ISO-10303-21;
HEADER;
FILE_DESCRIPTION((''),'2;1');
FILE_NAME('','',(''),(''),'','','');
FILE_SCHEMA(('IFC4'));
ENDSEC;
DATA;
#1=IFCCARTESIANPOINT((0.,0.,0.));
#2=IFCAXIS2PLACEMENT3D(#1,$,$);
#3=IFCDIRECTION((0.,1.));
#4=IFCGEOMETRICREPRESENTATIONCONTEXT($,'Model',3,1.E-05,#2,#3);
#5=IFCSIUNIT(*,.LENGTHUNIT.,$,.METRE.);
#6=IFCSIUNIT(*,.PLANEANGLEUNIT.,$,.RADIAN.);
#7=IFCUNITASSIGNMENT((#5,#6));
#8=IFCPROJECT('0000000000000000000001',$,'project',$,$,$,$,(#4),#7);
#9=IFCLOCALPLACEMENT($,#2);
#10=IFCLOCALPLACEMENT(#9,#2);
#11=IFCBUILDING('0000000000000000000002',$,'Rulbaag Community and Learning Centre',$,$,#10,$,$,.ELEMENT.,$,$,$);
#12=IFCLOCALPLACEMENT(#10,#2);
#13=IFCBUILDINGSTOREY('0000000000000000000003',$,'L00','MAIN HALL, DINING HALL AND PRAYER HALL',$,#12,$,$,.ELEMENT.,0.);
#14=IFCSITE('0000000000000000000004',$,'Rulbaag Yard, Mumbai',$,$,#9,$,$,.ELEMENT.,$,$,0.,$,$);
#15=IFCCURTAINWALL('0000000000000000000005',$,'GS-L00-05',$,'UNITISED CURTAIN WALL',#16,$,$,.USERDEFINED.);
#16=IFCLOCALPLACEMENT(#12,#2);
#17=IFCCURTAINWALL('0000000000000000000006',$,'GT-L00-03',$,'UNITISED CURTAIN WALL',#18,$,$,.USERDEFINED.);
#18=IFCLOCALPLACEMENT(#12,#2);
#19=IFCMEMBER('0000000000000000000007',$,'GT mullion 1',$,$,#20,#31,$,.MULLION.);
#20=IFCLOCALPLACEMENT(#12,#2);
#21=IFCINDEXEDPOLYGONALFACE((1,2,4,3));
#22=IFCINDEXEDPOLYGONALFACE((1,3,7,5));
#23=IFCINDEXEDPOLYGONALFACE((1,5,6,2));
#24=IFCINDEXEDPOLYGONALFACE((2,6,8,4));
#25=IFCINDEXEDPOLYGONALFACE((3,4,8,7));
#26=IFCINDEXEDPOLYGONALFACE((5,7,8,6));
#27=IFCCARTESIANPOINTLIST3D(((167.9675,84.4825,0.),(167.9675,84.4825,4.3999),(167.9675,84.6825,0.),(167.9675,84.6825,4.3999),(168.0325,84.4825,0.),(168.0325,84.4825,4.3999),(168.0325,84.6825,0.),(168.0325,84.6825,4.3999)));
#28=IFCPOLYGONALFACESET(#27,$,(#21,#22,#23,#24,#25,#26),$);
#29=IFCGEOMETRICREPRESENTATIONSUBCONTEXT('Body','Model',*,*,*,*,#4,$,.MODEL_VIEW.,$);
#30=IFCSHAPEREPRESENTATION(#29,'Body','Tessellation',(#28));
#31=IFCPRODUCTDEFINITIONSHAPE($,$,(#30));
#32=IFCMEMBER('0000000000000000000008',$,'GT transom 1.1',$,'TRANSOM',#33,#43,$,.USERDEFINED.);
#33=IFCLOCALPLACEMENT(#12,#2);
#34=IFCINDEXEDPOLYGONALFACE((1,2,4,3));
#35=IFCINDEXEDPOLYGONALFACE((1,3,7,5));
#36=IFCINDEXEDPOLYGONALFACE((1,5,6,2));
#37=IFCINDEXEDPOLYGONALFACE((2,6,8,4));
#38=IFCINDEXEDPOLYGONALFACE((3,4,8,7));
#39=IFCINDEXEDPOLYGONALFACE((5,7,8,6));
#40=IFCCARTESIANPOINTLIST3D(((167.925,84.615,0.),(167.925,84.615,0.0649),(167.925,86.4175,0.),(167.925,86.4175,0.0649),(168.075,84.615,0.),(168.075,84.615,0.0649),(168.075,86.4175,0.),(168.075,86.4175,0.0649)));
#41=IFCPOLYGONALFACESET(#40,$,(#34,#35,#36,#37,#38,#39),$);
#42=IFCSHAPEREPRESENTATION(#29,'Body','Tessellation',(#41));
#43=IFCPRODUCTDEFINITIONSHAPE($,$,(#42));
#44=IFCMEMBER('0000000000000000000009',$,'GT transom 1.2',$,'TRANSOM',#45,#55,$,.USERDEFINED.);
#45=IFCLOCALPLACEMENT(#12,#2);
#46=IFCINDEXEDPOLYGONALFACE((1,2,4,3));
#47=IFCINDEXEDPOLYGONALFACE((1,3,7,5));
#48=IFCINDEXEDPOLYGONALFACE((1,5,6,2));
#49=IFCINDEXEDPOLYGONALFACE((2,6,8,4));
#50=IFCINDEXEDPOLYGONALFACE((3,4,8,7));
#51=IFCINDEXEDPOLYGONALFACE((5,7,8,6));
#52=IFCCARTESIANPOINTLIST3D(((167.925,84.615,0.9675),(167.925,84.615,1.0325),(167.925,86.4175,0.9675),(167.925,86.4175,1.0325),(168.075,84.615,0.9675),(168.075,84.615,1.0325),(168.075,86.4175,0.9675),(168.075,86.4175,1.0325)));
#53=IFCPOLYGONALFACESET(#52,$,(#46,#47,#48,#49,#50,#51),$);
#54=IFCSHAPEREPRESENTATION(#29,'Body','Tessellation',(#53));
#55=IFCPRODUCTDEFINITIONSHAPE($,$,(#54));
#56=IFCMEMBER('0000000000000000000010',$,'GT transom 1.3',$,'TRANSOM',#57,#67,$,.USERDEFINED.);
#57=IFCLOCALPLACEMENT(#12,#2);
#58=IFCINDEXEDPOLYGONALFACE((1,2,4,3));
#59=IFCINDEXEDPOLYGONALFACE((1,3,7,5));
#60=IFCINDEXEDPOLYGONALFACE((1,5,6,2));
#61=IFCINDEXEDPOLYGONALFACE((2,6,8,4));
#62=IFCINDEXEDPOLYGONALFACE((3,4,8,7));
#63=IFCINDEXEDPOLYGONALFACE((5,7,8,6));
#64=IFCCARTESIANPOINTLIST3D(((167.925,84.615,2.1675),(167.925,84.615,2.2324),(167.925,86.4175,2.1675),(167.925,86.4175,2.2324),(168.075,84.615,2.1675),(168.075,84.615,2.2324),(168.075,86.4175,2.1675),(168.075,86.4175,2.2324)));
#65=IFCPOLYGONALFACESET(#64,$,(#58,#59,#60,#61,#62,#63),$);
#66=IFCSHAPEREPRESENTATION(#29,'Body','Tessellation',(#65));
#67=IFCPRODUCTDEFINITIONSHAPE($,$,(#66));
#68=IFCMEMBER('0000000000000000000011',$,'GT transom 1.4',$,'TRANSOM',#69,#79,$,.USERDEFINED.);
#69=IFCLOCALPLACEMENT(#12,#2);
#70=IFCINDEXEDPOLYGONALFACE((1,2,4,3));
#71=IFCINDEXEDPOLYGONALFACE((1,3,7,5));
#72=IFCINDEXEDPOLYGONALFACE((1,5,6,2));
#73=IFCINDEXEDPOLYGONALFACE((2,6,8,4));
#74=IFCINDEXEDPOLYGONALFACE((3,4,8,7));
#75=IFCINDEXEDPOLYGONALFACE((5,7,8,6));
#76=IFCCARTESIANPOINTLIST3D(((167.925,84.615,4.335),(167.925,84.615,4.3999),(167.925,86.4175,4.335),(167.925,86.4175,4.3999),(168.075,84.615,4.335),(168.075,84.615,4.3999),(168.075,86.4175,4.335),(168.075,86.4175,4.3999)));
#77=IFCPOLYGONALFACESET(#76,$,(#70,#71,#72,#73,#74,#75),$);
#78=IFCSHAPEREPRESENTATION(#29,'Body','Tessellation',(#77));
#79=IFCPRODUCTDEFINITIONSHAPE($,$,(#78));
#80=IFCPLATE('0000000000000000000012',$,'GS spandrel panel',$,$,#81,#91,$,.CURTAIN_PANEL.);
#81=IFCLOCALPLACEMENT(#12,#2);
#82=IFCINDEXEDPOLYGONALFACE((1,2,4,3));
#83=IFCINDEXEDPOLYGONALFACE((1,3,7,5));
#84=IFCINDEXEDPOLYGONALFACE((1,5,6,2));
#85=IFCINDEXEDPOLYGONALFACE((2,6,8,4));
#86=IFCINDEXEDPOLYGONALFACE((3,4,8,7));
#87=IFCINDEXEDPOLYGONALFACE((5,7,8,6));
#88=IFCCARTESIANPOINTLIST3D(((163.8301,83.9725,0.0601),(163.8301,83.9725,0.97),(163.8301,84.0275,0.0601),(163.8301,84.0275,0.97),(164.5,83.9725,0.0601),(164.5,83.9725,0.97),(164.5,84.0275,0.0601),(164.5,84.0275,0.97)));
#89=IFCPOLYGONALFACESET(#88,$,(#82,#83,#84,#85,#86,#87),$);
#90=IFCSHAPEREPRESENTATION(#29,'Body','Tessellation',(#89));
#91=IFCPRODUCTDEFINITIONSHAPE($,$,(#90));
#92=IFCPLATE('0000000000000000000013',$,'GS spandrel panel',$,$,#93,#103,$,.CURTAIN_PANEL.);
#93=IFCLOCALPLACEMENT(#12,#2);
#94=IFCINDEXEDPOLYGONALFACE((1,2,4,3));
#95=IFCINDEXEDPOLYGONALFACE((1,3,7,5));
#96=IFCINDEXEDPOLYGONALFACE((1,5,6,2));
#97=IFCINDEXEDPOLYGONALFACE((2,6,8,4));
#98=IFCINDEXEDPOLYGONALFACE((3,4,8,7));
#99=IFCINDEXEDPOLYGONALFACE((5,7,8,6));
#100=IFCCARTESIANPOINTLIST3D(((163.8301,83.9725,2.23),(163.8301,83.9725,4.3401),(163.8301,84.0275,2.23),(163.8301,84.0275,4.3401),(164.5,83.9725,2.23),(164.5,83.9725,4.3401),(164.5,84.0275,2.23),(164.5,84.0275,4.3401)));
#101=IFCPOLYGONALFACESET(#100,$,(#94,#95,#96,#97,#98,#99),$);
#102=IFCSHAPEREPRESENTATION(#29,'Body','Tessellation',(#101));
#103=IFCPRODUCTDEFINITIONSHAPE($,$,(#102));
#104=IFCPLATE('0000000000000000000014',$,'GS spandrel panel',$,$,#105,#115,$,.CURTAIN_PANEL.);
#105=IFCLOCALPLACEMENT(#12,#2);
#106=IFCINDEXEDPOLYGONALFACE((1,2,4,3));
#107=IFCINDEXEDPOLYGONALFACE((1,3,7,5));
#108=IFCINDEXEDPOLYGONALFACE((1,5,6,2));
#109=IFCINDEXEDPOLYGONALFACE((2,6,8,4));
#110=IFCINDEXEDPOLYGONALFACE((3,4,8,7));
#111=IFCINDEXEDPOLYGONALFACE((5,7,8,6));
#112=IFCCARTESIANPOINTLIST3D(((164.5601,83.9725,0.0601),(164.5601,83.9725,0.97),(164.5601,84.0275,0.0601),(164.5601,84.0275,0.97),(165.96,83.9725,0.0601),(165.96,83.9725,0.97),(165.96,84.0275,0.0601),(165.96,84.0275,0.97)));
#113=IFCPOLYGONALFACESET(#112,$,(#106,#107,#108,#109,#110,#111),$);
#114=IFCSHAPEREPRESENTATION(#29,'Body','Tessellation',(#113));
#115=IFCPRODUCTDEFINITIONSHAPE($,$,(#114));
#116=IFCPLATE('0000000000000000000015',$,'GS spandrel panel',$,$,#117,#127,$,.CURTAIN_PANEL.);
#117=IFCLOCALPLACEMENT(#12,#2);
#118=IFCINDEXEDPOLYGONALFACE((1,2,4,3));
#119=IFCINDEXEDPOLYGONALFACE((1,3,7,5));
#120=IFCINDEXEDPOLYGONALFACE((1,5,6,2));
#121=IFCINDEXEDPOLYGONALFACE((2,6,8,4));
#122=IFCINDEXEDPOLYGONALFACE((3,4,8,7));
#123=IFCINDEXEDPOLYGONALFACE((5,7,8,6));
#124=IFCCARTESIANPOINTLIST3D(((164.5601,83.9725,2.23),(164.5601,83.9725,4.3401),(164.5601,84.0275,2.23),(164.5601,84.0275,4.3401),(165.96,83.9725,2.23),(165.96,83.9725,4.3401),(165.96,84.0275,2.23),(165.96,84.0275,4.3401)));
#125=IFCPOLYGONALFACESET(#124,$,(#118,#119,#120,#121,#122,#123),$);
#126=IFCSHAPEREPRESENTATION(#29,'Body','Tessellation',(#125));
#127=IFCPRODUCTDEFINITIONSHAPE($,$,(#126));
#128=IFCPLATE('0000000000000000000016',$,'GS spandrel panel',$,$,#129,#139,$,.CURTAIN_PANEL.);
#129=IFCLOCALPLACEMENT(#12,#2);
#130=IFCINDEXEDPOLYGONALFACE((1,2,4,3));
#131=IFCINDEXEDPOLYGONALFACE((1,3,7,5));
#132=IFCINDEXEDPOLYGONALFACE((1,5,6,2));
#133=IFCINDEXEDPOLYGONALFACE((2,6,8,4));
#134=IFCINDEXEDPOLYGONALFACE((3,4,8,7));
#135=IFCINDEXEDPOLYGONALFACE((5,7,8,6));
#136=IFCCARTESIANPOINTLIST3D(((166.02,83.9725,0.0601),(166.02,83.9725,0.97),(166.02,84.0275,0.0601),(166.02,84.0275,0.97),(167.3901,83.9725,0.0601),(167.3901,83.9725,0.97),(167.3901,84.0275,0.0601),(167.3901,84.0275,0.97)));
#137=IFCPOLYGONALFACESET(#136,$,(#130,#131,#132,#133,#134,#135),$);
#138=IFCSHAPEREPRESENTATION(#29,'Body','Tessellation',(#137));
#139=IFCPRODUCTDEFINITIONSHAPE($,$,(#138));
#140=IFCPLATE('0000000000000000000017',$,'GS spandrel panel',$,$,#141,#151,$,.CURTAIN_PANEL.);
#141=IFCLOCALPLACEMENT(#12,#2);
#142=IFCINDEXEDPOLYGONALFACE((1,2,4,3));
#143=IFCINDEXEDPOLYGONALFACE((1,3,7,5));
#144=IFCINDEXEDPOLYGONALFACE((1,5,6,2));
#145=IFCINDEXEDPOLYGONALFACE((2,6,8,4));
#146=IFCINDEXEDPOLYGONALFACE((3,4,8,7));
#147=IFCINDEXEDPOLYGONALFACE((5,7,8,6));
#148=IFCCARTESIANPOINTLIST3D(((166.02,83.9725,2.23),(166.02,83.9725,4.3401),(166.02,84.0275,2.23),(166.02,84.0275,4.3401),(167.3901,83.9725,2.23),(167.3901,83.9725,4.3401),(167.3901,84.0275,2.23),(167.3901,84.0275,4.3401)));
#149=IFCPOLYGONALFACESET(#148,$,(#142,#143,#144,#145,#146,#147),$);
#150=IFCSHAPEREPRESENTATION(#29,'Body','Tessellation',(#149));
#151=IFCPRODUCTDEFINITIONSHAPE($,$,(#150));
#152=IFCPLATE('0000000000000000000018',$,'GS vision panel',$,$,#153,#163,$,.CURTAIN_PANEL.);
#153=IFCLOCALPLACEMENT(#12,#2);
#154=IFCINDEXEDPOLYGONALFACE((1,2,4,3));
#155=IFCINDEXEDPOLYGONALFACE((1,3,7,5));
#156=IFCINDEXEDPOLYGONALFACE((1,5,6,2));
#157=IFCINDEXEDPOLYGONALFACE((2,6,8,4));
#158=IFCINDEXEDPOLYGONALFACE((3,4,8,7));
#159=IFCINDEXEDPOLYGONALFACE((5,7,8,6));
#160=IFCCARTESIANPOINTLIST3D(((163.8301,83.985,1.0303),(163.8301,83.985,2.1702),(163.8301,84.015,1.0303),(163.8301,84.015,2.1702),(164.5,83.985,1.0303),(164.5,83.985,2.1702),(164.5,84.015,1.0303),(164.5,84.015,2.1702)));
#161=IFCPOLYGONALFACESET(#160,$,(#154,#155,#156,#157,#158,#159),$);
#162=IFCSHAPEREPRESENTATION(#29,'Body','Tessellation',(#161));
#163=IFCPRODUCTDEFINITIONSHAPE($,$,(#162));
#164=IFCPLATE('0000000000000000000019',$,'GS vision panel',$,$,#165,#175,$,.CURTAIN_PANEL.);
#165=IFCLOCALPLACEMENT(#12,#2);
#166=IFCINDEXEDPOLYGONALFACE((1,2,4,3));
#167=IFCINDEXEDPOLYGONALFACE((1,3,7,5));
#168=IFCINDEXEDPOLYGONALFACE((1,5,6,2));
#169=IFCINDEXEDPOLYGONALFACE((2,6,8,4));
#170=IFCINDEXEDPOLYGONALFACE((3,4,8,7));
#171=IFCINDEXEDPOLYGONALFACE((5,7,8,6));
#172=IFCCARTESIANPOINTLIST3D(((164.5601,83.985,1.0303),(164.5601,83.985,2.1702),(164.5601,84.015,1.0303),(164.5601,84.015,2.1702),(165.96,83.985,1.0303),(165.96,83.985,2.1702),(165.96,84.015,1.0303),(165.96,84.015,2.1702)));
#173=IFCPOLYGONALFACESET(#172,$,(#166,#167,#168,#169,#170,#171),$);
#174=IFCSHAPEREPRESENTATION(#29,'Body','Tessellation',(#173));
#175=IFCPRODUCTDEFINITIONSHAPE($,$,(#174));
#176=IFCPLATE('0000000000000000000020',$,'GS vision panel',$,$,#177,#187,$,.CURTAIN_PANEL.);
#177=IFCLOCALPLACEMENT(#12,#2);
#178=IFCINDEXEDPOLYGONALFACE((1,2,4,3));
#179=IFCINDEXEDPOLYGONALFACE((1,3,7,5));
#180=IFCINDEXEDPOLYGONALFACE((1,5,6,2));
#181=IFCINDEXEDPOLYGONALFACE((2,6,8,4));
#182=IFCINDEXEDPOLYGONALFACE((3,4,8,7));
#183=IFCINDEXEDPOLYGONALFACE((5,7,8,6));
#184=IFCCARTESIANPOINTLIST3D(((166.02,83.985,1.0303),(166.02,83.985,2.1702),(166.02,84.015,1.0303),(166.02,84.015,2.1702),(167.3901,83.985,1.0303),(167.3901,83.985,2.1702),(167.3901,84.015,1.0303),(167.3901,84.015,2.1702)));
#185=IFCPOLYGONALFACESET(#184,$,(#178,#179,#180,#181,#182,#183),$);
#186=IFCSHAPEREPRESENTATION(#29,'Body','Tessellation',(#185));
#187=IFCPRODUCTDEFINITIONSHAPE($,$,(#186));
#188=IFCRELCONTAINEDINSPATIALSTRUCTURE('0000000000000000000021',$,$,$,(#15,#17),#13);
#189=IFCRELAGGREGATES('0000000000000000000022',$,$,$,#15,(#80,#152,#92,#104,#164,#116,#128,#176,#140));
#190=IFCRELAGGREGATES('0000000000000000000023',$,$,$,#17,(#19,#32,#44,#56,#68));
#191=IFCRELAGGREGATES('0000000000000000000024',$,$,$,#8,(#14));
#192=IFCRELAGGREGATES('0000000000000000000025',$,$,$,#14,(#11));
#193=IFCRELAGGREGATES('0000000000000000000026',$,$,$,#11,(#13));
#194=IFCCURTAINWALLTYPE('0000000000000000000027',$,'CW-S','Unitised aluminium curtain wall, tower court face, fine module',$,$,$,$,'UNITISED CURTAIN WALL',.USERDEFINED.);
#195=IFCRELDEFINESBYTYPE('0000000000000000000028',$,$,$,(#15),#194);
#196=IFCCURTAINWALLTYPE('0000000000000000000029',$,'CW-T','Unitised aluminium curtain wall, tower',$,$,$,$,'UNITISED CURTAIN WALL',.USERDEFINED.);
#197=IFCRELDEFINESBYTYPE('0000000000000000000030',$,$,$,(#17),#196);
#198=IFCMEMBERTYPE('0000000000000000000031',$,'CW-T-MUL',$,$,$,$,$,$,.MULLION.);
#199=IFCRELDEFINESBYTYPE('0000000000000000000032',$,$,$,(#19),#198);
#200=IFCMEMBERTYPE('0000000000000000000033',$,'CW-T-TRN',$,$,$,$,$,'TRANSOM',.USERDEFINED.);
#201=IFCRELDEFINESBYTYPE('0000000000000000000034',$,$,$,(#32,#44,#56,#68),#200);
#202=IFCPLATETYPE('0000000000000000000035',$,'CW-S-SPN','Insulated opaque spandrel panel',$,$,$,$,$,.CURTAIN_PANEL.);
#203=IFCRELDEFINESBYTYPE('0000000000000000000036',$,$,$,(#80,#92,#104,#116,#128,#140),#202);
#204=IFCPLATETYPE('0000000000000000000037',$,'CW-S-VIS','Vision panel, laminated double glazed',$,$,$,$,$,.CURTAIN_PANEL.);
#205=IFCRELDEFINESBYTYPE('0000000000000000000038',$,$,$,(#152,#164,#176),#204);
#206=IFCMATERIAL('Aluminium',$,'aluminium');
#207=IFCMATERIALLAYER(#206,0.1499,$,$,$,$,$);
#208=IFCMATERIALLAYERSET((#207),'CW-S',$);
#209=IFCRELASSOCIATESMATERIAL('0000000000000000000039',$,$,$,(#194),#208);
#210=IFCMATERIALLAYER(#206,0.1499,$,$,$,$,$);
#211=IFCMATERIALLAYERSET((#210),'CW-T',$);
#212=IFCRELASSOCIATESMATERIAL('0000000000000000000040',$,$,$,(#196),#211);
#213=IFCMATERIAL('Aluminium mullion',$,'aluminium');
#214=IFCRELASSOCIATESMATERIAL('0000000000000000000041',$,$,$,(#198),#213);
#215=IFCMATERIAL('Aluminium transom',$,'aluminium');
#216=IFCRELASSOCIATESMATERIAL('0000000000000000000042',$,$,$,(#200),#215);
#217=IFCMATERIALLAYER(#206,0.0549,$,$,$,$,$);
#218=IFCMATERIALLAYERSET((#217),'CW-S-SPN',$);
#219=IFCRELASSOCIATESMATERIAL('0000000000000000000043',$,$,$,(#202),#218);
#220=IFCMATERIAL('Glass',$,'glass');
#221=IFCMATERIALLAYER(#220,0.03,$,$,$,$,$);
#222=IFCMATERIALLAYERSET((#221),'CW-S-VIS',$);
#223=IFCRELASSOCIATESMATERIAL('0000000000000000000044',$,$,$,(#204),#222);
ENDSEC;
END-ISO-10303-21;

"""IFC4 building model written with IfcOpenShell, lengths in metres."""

from ifc_helpers import new_model, si_unit, direction, frame, origin, origin_2d, place, context, subcontext, project, spatial, rectangle, extrude, material, layer, layer_set, material_profile, profile_set, type_object, element, aggregate, save


model = new_model("IFC4")

# Units and contexts
model_context = context("Model", 3, precision=1e-05, world=origin(), true_north=direction((0.0, 1.0)))
body_context = subcontext(model_context, "Body", "Model", "MODEL_VIEW")
ifc_project = project(units=[si_unit("LENGTHUNIT", "METRE"), si_unit("PLANEANGLEUNIT", "RADIAN")], contexts=[model_context])

# Site, building, storey
site_placement = place(None, origin())
site = spatial("IfcSite", under=ifc_project, at=site_placement, Name="Rulbaag Yard, Mumbai", CompositionType="ELEMENT", RefElevation=0.0)
building_placement = place(site_placement, origin())
building = spatial("IfcBuilding", under=site, at=building_placement, Name="Rulbaag Community and Learning Centre", CompositionType="ELEMENT")
storey_placement = place(building_placement, origin())
storey = spatial("IfcBuildingStorey", under=building, at=storey_placement, Name="L00", Description="MAIN HALL, DINING HALL AND PRAYER HALL", CompositionType="ELEMENT", Elevation=0.0)

# Curtain walls, members
ifc_material_1 = material(Name="Aluminium", Category="aluminium")
ifc_layer_1 = layer(ifc_material_1, 0.1499)
ifc_layer_set_1 = layer_set([ifc_layer_1], Name="CW-S")
curtain_wall_type_1 = type_object("IfcCurtainWallType", Name="CW-S", Description="Unitised aluminium curtain wall, tower court face, fine module", ElementType="UNITISED CURTAIN WALL", PredefinedType="USERDEFINED", material=ifc_layer_set_1)
curtain_wall_1_placement = place(storey_placement, origin())
curtain_wall_1 = element("IfcCurtainWall", 1, at=curtain_wall_1_placement, inside=storey, type_object=curtain_wall_type_1, Name="GS-L00-05", ObjectType="UNITISED CURTAIN WALL", PredefinedType="USERDEFINED")
ifc_material_2 = material(Name="Aluminium mullion", Category="aluminium")
ifc_material_3 = material(Name="Aluminium transom", Category="aluminium")
ifc_layer_2 = layer(ifc_material_1, 0.1499)
ifc_layer_set_2 = layer_set([ifc_layer_2], Name="CW-T")
curtain_wall_type_2 = type_object("IfcCurtainWallType", Name="CW-T", Description="Unitised aluminium curtain wall, tower", ElementType="UNITISED CURTAIN WALL", PredefinedType="USERDEFINED", material=ifc_layer_set_2)
curtain_wall_2_placement = place(storey_placement, origin())
curtain_wall_2 = element("IfcCurtainWall", 2, at=curtain_wall_2_placement, inside=storey, type_object=curtain_wall_type_2, Name="GT-L00-03", ObjectType="UNITISED CURTAIN WALL", PredefinedType="USERDEFINED")
ifc_material_profile_1 = material_profile(ifc_material_2, rectangle(XDim=0.0649, YDim=0.2, at=origin_2d()), Name="AL 65x200")
ifc_profile_set_1 = profile_set([ifc_material_profile_1], Name="Aluminium mullion")
member_type_1 = type_object("IfcMemberType", Name="CW-T-MUL", PredefinedType="MULLION", material=ifc_profile_set_1)
member_1_placement = place(storey_placement, frame((168.0, 84.5825, 0.0), z_axis=(0.0, 0.0, 1.0), x_axis=(-1.0, 0.0, 0.0)))
member_1 = element("IfcMember", 3, at=member_1_placement, type_object=member_type_1, Name="GT mullion 1", PredefinedType="MULLION", context=body_context, shape_type="SweptSolid", body=[
    extrude(rectangle(XDim=0.0649, YDim=0.2, at=origin_2d()), origin(), (0.0, 0.0, 1.0), 4.3999),
])
ifc_material_profile_2 = material_profile(ifc_material_3, rectangle(XDim=0.1499, YDim=0.0649, at=origin_2d()), Name="AL 65x150 T")
ifc_profile_set_2 = profile_set([ifc_material_profile_2], Name="Aluminium transom")
member_type_2 = type_object("IfcMemberType", Name="CW-T-TRN", ElementType="TRANSOM", PredefinedType="USERDEFINED", material=ifc_profile_set_2)
member_2_placement = place(storey_placement, frame((168.0, 84.615, 0.0325), z_axis=(0.0, 1.0, 0.0), x_axis=(-1.0, 0.0, 0.0)))
member_2 = element("IfcMember", 4, at=member_2_placement, type_object=member_type_2, Name="GT transom 1.1", ObjectType="TRANSOM", PredefinedType="USERDEFINED", context=body_context, shape_type="SweptSolid", body=[
    extrude(rectangle(XDim=0.1499, YDim=0.0649, at=origin_2d()), origin(), (0.0, 0.0, 1.0), 1.8025),
])
member_3_placement = place(storey_placement, frame((168.0, 84.615, 1.0), z_axis=(0.0, 1.0, 0.0), x_axis=(-1.0, 0.0, 0.0)))
member_3 = element("IfcMember", 5, at=member_3_placement, type_object=member_type_2, Name="GT transom 1.2", ObjectType="TRANSOM", PredefinedType="USERDEFINED", context=body_context, shape_type="SweptSolid", body=[
    extrude(rectangle(XDim=0.1499, YDim=0.0649, at=origin_2d()), origin(), (0.0, 0.0, 1.0), 1.8025),
])
member_4_placement = place(storey_placement, frame((168.0, 84.615, 2.2), z_axis=(0.0, 1.0, 0.0), x_axis=(-1.0, 0.0, 0.0)))
member_4 = element("IfcMember", 6, at=member_4_placement, type_object=member_type_2, Name="GT transom 1.3", ObjectType="TRANSOM", PredefinedType="USERDEFINED", context=body_context, shape_type="SweptSolid", body=[
    extrude(rectangle(XDim=0.1499, YDim=0.0649, at=origin_2d()), origin(), (0.0, 0.0, 1.0), 1.8025),
])
member_5_placement = place(storey_placement, frame((168.0, 84.615, 4.3674), z_axis=(0.0, 1.0, 0.0), x_axis=(-1.0, 0.0, 0.0)))
member_5 = element("IfcMember", 7, at=member_5_placement, type_object=member_type_2, Name="GT transom 1.4", ObjectType="TRANSOM", PredefinedType="USERDEFINED", context=body_context, shape_type="SweptSolid", body=[
    extrude(rectangle(XDim=0.1499, YDim=0.0649, at=origin_2d()), origin(), (0.0, 0.0, 1.0), 1.8025),
])

# Plates
ifc_layer_3 = layer(ifc_material_1, 0.0549)
ifc_layer_set_3 = layer_set([ifc_layer_3], Name="CW-S-SPN")
plate_type_1 = type_object("IfcPlateType", Name="CW-S-SPN", Description="Insulated opaque spandrel panel", PredefinedType="CURTAIN_PANEL", material=ifc_layer_set_3)
plate_1_placement = place(storey_placement, frame((164.165, 84.0, 0.0601), z_axis=(0.0, 0.0, 1.0), x_axis=(1.0, 0.0, 0.0)))
plate_1 = element("IfcPlate", 8, at=plate_1_placement, type_object=plate_type_1, Name="GS spandrel panel", PredefinedType="CURTAIN_PANEL", context=body_context, shape_type="SweptSolid", body=[
    extrude(rectangle(XDim=0.6699, YDim=0.0549, at=origin_2d()), origin(), (0.0, 0.0, 1.0), 0.9099),
])
plate_2_placement = place(storey_placement, frame((164.165, 84.0, 2.23), z_axis=(0.0, 0.0, 1.0), x_axis=(1.0, 0.0, 0.0)))
plate_2 = element("IfcPlate", 9, at=plate_2_placement, type_object=plate_type_1, Name="GS spandrel panel", PredefinedType="CURTAIN_PANEL", context=body_context, shape_type="SweptSolid", body=[
    extrude(rectangle(XDim=0.6699, YDim=0.0549, at=origin_2d()), origin(), (0.0, 0.0, 1.0), 2.1101),
])
plate_3_placement = place(storey_placement, frame((165.26, 84.0, 0.0601), z_axis=(0.0, 0.0, 1.0), x_axis=(1.0, 0.0, 0.0)))
plate_3 = element("IfcPlate", 10, at=plate_3_placement, type_object=plate_type_1, Name="GS spandrel panel", PredefinedType="CURTAIN_PANEL", context=body_context, shape_type="SweptSolid", body=[
    extrude(rectangle(XDim=1.3999, YDim=0.0549, at=origin_2d()), origin(), (0.0, 0.0, 1.0), 0.9099),
])
plate_4_placement = place(storey_placement, frame((165.26, 84.0, 2.23), z_axis=(0.0, 0.0, 1.0), x_axis=(1.0, 0.0, 0.0)))
plate_4 = element("IfcPlate", 11, at=plate_4_placement, type_object=plate_type_1, Name="GS spandrel panel", PredefinedType="CURTAIN_PANEL", context=body_context, shape_type="SweptSolid", body=[
    extrude(rectangle(XDim=1.3999, YDim=0.0549, at=origin_2d()), origin(), (0.0, 0.0, 1.0), 2.1101),
])
plate_5_placement = place(storey_placement, frame((166.7051, 84.0, 0.0601), z_axis=(0.0, 0.0, 1.0), x_axis=(1.0, 0.0, 0.0)))
plate_5 = element("IfcPlate", 12, at=plate_5_placement, type_object=plate_type_1, Name="GS spandrel panel", PredefinedType="CURTAIN_PANEL", context=body_context, shape_type="SweptSolid", body=[
    extrude(rectangle(XDim=1.3701, YDim=0.0549, at=origin_2d()), origin(), (0.0, 0.0, 1.0), 0.9099),
])
plate_6_placement = place(storey_placement, frame((166.7051, 84.0, 2.23), z_axis=(0.0, 0.0, 1.0), x_axis=(1.0, 0.0, 0.0)))
plate_6 = element("IfcPlate", 13, at=plate_6_placement, type_object=plate_type_1, Name="GS spandrel panel", PredefinedType="CURTAIN_PANEL", context=body_context, shape_type="SweptSolid", body=[
    extrude(rectangle(XDim=1.3701, YDim=0.0549, at=origin_2d()), origin(), (0.0, 0.0, 1.0), 2.1101),
])
ifc_material_4 = material(Name="Glass", Category="glass")
ifc_layer_4 = layer(ifc_material_4, 0.03)
ifc_layer_set_4 = layer_set([ifc_layer_4], Name="CW-S-VIS")
plate_type_2 = type_object("IfcPlateType", Name="CW-S-VIS", Description="Vision panel, laminated double glazed", PredefinedType="CURTAIN_PANEL", material=ifc_layer_set_4)
plate_7_placement = place(storey_placement, frame((164.165, 84.0, 1.0303), z_axis=(0.0, 0.0, 1.0), x_axis=(1.0, 0.0, 0.0)))
plate_7 = element("IfcPlate", 14, at=plate_7_placement, type_object=plate_type_2, Name="GS vision panel", PredefinedType="CURTAIN_PANEL", context=body_context, shape_type="SweptSolid", body=[
    extrude(rectangle(XDim=0.6699, YDim=0.03, at=origin_2d()), origin(), (0.0, 0.0, 1.0), 1.1399),
])
plate_8_placement = place(storey_placement, frame((165.26, 84.0, 1.0303), z_axis=(0.0, 0.0, 1.0), x_axis=(1.0, 0.0, 0.0)))
plate_8 = element("IfcPlate", 15, at=plate_8_placement, type_object=plate_type_2, Name="GS vision panel", PredefinedType="CURTAIN_PANEL", context=body_context, shape_type="SweptSolid", body=[
    extrude(rectangle(XDim=1.3999, YDim=0.03, at=origin_2d()), origin(), (0.0, 0.0, 1.0), 1.1399),
])
plate_9_placement = place(storey_placement, frame((166.7051, 84.0, 1.0303), z_axis=(0.0, 0.0, 1.0), x_axis=(1.0, 0.0, 0.0)))
plate_9 = element("IfcPlate", 16, at=plate_9_placement, type_object=plate_type_2, Name="GS vision panel", PredefinedType="CURTAIN_PANEL", context=body_context, shape_type="SweptSolid", body=[
    extrude(rectangle(XDim=1.3701, YDim=0.03, at=origin_2d()), origin(), (0.0, 0.0, 1.0), 1.1399),
])
aggregate(curtain_wall_1, [plate_1, plate_7, plate_2, plate_3, plate_8, plate_4, plate_5, plate_9, plate_6])
aggregate(curtain_wall_2, [member_1, member_2, member_3, member_4, member_5])

save(model, "model.ifc")
